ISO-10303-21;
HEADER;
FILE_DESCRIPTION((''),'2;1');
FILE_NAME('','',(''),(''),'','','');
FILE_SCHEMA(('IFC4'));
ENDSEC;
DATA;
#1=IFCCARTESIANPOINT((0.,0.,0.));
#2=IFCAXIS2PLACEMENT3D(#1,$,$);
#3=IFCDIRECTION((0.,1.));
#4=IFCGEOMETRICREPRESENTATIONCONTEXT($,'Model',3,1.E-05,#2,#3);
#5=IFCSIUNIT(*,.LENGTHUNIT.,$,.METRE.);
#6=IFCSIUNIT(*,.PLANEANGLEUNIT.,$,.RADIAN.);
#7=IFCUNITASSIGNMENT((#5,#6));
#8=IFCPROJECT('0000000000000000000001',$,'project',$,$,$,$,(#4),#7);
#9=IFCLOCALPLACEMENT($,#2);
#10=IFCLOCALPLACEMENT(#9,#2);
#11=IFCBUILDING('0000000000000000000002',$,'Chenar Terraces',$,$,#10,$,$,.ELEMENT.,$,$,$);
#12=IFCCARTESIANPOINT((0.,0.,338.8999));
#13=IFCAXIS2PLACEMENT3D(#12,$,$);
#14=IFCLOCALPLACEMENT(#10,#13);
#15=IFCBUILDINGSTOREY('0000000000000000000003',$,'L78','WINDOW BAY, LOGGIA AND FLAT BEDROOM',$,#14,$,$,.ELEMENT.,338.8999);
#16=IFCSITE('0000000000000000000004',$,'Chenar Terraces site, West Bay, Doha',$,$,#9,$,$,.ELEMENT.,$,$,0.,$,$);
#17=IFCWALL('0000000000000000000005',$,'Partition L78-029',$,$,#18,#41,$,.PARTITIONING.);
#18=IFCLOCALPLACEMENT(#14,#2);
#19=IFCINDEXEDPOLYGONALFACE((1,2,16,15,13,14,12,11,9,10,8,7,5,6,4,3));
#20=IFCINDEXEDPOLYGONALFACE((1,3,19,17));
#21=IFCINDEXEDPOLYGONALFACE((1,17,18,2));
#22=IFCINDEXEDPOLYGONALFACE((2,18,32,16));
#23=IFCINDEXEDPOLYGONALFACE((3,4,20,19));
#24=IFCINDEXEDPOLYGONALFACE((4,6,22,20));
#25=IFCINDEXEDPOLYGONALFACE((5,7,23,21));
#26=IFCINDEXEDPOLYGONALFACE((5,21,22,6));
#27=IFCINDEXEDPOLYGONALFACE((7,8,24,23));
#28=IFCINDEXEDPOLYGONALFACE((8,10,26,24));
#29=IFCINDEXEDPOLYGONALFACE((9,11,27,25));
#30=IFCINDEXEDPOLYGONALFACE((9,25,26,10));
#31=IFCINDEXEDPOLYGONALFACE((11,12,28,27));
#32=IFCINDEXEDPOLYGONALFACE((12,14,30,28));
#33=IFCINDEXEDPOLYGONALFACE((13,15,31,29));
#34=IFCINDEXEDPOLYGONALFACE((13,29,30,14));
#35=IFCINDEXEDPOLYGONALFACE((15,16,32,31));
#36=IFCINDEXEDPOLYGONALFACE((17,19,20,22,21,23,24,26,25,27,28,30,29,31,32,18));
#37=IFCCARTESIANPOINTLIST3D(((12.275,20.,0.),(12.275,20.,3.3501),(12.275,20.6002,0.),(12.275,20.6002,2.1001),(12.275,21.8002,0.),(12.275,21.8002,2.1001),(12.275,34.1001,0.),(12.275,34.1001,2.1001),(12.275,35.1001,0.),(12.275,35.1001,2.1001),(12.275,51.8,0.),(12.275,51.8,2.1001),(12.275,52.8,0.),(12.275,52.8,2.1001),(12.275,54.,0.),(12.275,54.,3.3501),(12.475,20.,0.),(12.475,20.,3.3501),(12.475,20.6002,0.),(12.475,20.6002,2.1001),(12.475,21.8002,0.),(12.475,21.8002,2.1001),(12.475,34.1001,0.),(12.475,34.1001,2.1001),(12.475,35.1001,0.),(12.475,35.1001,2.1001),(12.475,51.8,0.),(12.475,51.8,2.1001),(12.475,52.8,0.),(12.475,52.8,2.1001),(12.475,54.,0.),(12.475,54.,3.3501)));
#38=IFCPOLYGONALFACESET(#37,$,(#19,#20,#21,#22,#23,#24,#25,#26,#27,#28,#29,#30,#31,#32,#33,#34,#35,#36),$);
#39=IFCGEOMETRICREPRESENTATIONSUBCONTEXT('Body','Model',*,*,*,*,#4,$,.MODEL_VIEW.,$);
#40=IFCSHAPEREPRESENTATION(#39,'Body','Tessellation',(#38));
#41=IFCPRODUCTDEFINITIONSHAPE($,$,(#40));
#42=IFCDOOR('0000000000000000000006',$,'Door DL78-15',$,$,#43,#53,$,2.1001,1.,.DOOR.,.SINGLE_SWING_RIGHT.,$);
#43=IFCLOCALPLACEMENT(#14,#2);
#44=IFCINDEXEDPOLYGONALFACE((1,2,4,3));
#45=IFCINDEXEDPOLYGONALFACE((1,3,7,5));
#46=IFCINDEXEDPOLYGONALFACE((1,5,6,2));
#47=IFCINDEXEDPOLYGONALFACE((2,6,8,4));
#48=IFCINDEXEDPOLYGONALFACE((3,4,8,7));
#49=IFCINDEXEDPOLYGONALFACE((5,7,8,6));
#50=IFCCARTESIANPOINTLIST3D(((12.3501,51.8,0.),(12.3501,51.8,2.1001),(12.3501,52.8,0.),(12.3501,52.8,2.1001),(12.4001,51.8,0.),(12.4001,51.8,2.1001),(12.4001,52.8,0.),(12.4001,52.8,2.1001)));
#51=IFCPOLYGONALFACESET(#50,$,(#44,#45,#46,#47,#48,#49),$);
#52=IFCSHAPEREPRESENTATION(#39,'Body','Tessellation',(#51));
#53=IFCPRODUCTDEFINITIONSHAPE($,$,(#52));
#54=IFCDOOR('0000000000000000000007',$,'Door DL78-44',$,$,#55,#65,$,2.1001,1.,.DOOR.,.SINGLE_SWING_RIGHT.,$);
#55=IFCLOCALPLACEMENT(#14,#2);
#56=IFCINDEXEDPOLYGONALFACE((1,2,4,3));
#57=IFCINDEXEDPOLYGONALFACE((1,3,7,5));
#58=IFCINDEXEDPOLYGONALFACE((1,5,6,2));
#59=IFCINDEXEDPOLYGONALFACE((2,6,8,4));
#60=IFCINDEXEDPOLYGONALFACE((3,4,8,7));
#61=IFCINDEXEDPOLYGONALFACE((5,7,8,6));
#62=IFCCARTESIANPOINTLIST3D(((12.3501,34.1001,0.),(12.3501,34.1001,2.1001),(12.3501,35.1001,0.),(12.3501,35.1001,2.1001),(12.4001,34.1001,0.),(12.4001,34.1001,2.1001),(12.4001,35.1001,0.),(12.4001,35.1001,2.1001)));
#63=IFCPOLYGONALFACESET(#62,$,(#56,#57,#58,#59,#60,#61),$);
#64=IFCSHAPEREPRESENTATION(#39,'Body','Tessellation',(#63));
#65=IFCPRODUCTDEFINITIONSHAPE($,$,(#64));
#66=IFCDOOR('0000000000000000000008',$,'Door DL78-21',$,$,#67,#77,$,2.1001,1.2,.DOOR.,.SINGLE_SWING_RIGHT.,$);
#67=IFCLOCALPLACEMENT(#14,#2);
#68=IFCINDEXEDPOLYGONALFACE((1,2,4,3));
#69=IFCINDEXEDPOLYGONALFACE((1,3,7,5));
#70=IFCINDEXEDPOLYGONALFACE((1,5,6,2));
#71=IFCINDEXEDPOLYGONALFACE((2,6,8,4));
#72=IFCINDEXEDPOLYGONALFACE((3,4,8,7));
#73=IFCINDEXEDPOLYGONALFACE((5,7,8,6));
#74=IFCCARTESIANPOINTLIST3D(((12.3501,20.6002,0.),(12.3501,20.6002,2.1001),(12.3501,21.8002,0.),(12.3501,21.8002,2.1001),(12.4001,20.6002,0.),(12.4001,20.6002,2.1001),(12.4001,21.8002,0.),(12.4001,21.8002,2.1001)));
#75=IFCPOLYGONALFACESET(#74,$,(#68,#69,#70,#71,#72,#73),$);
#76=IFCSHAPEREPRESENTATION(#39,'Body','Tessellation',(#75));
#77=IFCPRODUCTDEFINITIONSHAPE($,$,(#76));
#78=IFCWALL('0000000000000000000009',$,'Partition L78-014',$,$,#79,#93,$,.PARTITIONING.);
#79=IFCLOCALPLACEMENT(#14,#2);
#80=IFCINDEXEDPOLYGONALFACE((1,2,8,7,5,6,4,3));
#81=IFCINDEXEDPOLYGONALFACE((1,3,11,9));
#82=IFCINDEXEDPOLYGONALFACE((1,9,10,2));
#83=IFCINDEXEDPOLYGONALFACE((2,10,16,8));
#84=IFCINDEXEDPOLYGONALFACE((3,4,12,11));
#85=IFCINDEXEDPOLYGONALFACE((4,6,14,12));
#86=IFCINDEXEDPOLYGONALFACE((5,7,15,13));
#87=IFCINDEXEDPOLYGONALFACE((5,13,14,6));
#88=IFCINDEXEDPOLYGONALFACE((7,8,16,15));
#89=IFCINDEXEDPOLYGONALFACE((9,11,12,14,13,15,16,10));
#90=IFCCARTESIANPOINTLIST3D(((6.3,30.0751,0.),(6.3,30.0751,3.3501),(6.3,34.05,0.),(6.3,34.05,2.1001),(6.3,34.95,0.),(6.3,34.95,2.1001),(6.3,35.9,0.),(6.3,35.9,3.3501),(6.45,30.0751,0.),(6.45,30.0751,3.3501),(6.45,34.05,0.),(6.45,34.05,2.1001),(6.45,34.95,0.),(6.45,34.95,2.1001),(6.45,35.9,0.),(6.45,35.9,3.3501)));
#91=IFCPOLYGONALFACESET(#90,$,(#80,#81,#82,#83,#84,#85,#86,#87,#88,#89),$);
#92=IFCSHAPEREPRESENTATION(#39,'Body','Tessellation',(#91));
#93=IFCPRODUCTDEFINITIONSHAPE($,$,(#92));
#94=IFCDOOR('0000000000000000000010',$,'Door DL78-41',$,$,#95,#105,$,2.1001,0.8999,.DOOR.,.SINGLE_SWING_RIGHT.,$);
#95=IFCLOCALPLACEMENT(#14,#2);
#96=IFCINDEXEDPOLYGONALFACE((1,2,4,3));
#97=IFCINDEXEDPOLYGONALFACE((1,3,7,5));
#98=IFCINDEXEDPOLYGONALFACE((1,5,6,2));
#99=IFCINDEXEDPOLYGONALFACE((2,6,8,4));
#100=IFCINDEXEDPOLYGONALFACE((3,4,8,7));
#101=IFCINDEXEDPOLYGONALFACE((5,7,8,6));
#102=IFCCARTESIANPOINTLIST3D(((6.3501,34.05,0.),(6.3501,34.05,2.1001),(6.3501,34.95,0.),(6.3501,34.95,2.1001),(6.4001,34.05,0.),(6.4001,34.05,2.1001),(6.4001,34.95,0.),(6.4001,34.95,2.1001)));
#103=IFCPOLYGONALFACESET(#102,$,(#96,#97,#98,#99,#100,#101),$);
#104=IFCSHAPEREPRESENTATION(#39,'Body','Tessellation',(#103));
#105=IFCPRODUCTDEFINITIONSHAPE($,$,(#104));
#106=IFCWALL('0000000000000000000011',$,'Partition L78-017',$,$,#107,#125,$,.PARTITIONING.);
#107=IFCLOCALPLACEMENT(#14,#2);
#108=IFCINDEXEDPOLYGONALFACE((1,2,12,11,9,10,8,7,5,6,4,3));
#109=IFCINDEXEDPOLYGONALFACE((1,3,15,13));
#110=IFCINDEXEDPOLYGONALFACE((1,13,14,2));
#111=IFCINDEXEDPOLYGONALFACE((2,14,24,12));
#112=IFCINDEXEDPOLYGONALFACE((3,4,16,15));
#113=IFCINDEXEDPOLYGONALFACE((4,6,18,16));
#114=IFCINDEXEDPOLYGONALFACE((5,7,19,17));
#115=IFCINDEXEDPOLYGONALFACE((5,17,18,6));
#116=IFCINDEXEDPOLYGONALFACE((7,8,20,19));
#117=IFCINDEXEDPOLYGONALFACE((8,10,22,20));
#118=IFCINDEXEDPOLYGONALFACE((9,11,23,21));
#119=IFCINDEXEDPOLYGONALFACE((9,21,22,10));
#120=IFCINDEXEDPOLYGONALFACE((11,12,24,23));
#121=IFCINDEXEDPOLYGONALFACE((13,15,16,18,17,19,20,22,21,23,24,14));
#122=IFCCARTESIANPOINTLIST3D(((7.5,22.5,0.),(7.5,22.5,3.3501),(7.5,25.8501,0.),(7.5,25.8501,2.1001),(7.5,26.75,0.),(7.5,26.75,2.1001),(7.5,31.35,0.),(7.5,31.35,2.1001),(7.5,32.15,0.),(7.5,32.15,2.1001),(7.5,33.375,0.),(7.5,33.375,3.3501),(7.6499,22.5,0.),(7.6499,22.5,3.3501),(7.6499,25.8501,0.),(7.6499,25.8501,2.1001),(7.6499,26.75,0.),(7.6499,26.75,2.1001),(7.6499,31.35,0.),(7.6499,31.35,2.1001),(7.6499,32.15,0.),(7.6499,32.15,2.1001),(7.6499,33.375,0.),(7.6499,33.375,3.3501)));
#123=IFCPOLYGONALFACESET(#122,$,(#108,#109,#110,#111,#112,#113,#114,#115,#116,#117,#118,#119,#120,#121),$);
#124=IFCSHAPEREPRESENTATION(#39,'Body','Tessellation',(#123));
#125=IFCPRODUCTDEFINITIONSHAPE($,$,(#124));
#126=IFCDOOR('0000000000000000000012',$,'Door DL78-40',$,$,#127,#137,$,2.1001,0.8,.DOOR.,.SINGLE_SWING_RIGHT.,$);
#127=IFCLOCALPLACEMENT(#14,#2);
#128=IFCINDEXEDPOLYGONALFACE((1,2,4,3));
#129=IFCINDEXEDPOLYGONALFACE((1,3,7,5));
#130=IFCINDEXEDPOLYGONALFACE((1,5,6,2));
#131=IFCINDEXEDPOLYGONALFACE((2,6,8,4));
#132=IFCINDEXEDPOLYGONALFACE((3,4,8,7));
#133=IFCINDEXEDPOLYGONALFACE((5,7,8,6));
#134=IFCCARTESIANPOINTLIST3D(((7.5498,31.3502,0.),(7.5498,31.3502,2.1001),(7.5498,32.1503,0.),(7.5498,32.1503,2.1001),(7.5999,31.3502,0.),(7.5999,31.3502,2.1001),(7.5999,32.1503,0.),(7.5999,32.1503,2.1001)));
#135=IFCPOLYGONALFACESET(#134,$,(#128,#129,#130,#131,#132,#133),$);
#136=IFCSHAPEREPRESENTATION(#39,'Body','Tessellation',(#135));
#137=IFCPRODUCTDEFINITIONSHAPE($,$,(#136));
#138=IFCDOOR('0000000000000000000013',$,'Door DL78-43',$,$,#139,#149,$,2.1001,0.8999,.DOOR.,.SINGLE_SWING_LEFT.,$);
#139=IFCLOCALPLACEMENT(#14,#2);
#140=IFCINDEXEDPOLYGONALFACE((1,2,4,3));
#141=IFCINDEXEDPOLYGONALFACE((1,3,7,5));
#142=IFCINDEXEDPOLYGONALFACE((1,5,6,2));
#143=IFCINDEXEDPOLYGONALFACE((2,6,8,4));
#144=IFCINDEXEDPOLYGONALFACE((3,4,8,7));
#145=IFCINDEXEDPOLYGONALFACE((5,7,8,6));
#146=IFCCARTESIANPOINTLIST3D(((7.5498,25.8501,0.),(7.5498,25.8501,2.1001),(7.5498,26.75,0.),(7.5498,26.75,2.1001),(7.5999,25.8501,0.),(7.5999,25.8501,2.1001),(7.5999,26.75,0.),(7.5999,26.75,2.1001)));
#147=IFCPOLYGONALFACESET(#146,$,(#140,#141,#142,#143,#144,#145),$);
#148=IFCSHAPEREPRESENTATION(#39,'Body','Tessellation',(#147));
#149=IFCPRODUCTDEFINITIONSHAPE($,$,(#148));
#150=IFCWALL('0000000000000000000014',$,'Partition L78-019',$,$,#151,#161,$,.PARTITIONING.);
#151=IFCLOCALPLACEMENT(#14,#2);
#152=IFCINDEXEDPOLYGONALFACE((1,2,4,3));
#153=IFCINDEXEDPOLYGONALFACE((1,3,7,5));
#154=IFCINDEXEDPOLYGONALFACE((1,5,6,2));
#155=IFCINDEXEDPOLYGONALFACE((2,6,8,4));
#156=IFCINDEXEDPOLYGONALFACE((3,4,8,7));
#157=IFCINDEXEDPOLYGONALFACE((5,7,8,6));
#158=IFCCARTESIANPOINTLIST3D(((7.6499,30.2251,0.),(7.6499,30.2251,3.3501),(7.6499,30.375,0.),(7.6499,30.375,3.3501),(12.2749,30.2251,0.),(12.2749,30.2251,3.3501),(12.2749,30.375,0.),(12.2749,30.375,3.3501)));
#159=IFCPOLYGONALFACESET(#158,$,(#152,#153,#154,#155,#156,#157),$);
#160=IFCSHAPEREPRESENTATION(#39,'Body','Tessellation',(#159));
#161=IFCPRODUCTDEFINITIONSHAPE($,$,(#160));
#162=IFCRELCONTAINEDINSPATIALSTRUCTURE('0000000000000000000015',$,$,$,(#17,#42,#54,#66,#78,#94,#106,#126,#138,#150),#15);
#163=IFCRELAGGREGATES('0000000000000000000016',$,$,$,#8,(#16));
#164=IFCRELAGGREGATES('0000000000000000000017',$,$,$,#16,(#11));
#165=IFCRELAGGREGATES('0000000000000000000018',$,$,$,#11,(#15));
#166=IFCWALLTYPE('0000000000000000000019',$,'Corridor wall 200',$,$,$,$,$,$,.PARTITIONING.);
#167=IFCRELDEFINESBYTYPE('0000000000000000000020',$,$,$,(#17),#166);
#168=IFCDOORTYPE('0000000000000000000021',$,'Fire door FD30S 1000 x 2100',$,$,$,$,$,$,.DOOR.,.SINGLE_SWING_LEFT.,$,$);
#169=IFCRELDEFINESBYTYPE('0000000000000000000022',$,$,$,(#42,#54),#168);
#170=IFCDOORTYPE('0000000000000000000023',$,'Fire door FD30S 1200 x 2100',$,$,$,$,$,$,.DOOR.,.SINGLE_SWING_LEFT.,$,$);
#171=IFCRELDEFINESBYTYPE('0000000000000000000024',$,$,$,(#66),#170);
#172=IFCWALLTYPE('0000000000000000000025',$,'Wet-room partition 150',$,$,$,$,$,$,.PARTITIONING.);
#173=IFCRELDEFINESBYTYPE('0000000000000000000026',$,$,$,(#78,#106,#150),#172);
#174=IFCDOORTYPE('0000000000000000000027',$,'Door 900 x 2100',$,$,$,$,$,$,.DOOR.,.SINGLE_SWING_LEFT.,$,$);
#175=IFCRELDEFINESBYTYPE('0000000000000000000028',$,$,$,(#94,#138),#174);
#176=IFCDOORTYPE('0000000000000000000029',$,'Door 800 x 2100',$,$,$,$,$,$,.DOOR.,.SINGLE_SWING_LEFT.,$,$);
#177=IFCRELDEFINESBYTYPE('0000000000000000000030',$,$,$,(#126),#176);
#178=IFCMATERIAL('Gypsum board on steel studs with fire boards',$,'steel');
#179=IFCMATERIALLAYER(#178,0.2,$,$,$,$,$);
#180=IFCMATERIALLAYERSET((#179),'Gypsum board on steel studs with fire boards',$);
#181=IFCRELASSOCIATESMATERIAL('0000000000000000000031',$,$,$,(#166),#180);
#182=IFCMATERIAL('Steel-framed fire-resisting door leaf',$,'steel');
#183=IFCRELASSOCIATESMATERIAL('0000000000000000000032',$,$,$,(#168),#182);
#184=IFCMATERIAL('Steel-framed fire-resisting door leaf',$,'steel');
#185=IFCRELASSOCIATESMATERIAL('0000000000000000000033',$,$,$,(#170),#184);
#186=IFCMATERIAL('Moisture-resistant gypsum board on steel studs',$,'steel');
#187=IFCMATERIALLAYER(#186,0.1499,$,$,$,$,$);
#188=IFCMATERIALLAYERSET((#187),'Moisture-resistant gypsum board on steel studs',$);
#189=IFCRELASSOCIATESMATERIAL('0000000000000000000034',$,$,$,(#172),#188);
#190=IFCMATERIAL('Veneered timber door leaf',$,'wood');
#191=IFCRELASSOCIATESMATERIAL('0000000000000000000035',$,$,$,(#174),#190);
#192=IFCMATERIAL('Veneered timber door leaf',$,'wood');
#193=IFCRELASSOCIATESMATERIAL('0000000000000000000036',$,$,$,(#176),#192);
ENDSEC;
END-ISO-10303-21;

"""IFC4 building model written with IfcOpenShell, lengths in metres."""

from ifc_helpers import new_model, si_unit, direction, frame, frame_2d, origin, place, context, subcontext, project, spatial, rectangle, extrude, material, layer, layer_set, type_object, element, fill, save


model = new_model("IFC4")

# Units and contexts
model_context = context("Model", 3, precision=1e-05, world=origin(), true_north=direction((0.0, 1.0)))
body_context = subcontext(model_context, "Body", "Model", "MODEL_VIEW")
ifc_project = project(units=[si_unit("LENGTHUNIT", "METRE"), si_unit("PLANEANGLEUNIT", "RADIAN")], contexts=[model_context])

# Site, building, storey
site_placement = place(None, origin())
site = spatial("IfcSite", under=ifc_project, at=site_placement, Name="Chenar Terraces site, West Bay, Doha", CompositionType="ELEMENT", RefElevation=0.0)
building_placement = place(site_placement, origin())
building = spatial("IfcBuilding", under=site, at=building_placement, Name="Chenar Terraces", CompositionType="ELEMENT")
storey_placement = place(building_placement, frame((0.0, 0.0, 338.8999)))
storey = spatial("IfcBuildingStorey", under=building, at=storey_placement, Name="L78", Description="WINDOW BAY, LOGGIA AND FLAT BEDROOM", CompositionType="ELEMENT", Elevation=338.8999)

# Wall, openings, doors
ifc_material_1 = material(Name="Gypsum board on steel studs with fire boards", Category="steel")
ifc_layer_1 = layer(ifc_material_1, 0.2)
ifc_layer_set_1 = layer_set([ifc_layer_1], Name="Gypsum board on steel studs with fire boards")
wall_type_1 = type_object("IfcWallType", Name="Corridor wall 200", PredefinedType="PARTITIONING", material=ifc_layer_set_1)
wall_1_placement = place(storey_placement, frame((12.375, 20.0, 0.0), z_axis=(0.0, 0.0, 1.0), x_axis=(0.0, 1.0, 0.0)))
wall_1 = element("IfcWall", 1, at=wall_1_placement, inside=storey, type_object=wall_type_1, Name="Partition L78-029", PredefinedType="PARTITIONING", context=body_context, shape_type="SweptSolid", body=[
    extrude(rectangle(XDim=34.0, YDim=0.2, at=frame_2d((17.0, 0.0))), origin(), (0.0, 0.0, 1.0), 3.3501),
])
opening_1_placement = place(wall_1_placement, frame((31.8, 0.0, 0.0)))
opening_1 = element("IfcOpeningElement", 2, at=opening_1_placement, cuts=wall_1, PredefinedType="OPENING", context=body_context, shape_type="SweptSolid", body=[
    extrude(rectangle(XDim=1.0, YDim=2.1001, at=frame_2d((0.5, 1.05))), frame((0.0, 0.1099, 0.0), z_axis=(0.0, -1.0, 0.0), x_axis=(1.0, 0.0, 0.0)), (0.0, 0.0, 1.0), 0.22),
])
opening_2_placement = place(wall_1_placement, frame((0.6001, 0.0, 0.0)))
opening_2 = element("IfcOpeningElement", 3, at=opening_2_placement, cuts=wall_1, PredefinedType="OPENING", context=body_context, shape_type="SweptSolid", body=[
    extrude(rectangle(XDim=1.2, YDim=2.1001, at=frame_2d((0.6001, 1.05))), frame((0.0, 0.1099, 0.0), z_axis=(0.0, -1.0, 0.0), x_axis=(1.0, 0.0, 0.0)), (0.0, 0.0, 1.0), 0.22),
])
opening_3_placement = place(wall_1_placement, frame((14.1001, 0.0, 0.0)))
opening_3 = element("IfcOpeningElement", 4, at=opening_3_placement, cuts=wall_1, PredefinedType="OPENING", context=body_context, shape_type="SweptSolid", body=[
    extrude(rectangle(XDim=1.0, YDim=2.1001, at=frame_2d((0.5, 1.05))), frame((0.0, 0.1099, 0.0), z_axis=(0.0, -1.0, 0.0), x_axis=(1.0, 0.0, 0.0)), (0.0, 0.0, 1.0), 0.22),
])
ifc_material_2 = material(Name="Steel-framed fire-resisting door leaf", Category="steel")
door_type_1 = type_object("IfcDoorType", Name="Fire door FD30S 1000 x 2100", OperationType="SINGLE_SWING_LEFT", PredefinedType="DOOR", material=ifc_material_2)
door_1_placement = place(opening_1_placement, origin())
door_1 = element("IfcDoor", 5, at=door_1_placement, inside=storey, type_object=door_type_1, Name="Door DL78-15", OperationType="SINGLE_SWING_RIGHT", OverallHeight=2.1001, OverallWidth=1.0, PredefinedType="DOOR", context=body_context, shape_type="SweptSolid", body=[
    extrude(rectangle(XDim=1.0, YDim=2.1001, at=frame_2d((0.5, 1.05))), frame((0.0, 0.0249, 0.0), z_axis=(0.0, -1.0, 0.0), x_axis=(1.0, 0.0, 0.0)), (0.0, 0.0, 1.0), 0.05),
])
fill(opening_1, door_1)
door_2_placement = place(opening_3_placement, origin())
door_2 = element("IfcDoor", 6, at=door_2_placement, inside=storey, type_object=door_type_1, Name="Door DL78-44", OperationType="SINGLE_SWING_RIGHT", OverallHeight=2.1001, OverallWidth=1.0, PredefinedType="DOOR", context=body_context, shape_type="SweptSolid", body=[
    extrude(rectangle(XDim=1.0, YDim=2.1001, at=frame_2d((0.5, 1.05))), frame((0.0, 0.0249, 0.0), z_axis=(0.0, -1.0, 0.0), x_axis=(1.0, 0.0, 0.0)), (0.0, 0.0, 1.0), 0.05),
])
fill(opening_3, door_2)
ifc_material_3 = material(Name="Steel-framed fire-resisting door leaf", Category="steel")
door_type_2 = type_object("IfcDoorType", Name="Fire door FD30S 1200 x 2100", OperationType="SINGLE_SWING_LEFT", PredefinedType="DOOR", material=ifc_material_3)
door_3_placement = place(opening_2_placement, origin())
door_3 = element("IfcDoor", 7, at=door_3_placement, inside=storey, type_object=door_type_2, Name="Door DL78-21", OperationType="SINGLE_SWING_RIGHT", OverallHeight=2.1001, OverallWidth=1.2, PredefinedType="DOOR", context=body_context, shape_type="SweptSolid", body=[
    extrude(rectangle(XDim=1.2, YDim=2.1001, at=frame_2d((0.6001, 1.05))), frame((0.0, 0.0249, 0.0), z_axis=(0.0, -1.0, 0.0), x_axis=(1.0, 0.0, 0.0)), (0.0, 0.0, 1.0), 0.05),
])
fill(opening_2, door_3)

# Wall, opening, door
ifc_material_4 = material(Name="Moisture-resistant gypsum board on steel studs", Category="steel")
ifc_layer_2 = layer(ifc_material_4, 0.1499)
ifc_layer_set_2 = layer_set([ifc_layer_2], Name="Moisture-resistant gypsum board on steel studs")
wall_type_2 = type_object("IfcWallType", Name="Wet-room partition 150", PredefinedType="PARTITIONING", material=ifc_layer_set_2)
wall_2_placement = place(storey_placement, frame((6.375, 30.075, 0.0), z_axis=(0.0, 0.0, 1.0), x_axis=(0.0, 1.0, 0.0)))
wall_2 = element("IfcWall", 8, at=wall_2_placement, inside=storey, type_object=wall_type_2, Name="Partition L78-014", PredefinedType="PARTITIONING", context=body_context, shape_type="SweptSolid", body=[
    extrude(rectangle(XDim=5.825, YDim=0.1499, at=frame_2d((2.9126, 0.0))), origin(), (0.0, 0.0, 1.0), 3.3501),
])
opening_4_placement = place(wall_2_placement, frame((3.9751, 0.0, 0.0)))
opening_4 = element("IfcOpeningElement", 9, at=opening_4_placement, cuts=wall_2, PredefinedType="OPENING", context=body_context, shape_type="SweptSolid", body=[
    extrude(rectangle(XDim=0.8999, YDim=2.1001, at=frame_2d((0.45, 1.05))), frame((0.0, 0.085, 0.0), z_axis=(0.0, -1.0, 0.0), x_axis=(1.0, 0.0, 0.0)), (0.0, 0.0, 1.0), 0.1699),
])
ifc_material_5 = material(Name="Veneered timber door leaf", Category="wood")
door_type_3 = type_object("IfcDoorType", Name="Door 900 x 2100", OperationType="SINGLE_SWING_LEFT", PredefinedType="DOOR", material=ifc_material_5)
door_4_placement = place(opening_4_placement, origin())
door_4 = element("IfcDoor", 10, at=door_4_placement, inside=storey, type_object=door_type_3, Name="Door DL78-41", OperationType="SINGLE_SWING_RIGHT", OverallHeight=2.1001, OverallWidth=0.8999, PredefinedType="DOOR", context=body_context, shape_type="SweptSolid", body=[
    extrude(rectangle(XDim=0.8999, YDim=2.1001, at=frame_2d((0.45, 1.05))), frame((0.0, 0.0249, 0.0), z_axis=(0.0, -1.0, 0.0), x_axis=(1.0, 0.0, 0.0)), (0.0, 0.0, 1.0), 0.05),
])
fill(opening_4, door_4)

# Wall, openings, doors
wall_3_placement = place(storey_placement, frame((7.575, 22.5, 0.0), z_axis=(0.0, 0.0, 1.0), x_axis=(0.0, 1.0, 0.0)))
wall_3 = element("IfcWall", 11, at=wall_3_placement, inside=storey, type_object=wall_type_2, Name="Partition L78-017", PredefinedType="PARTITIONING", context=body_context, shape_type="SweptSolid", body=[
    extrude(rectangle(XDim=10.875, YDim=0.1499, at=frame_2d((5.4375, 0.0))), origin(), (0.0, 0.0, 1.0), 3.3501),
])
opening_5_placement = place(wall_3_placement, frame((8.8501, 0.0, 0.0)))
opening_5 = element("IfcOpeningElement", 12, at=opening_5_placement, cuts=wall_3, PredefinedType="OPENING", context=body_context, shape_type="SweptSolid", body=[
    extrude(rectangle(XDim=0.8, YDim=2.1001, at=frame_2d((0.3999, 1.05))), frame((0.0, 0.085, 0.0), z_axis=(0.0, -1.0, 0.0), x_axis=(1.0, 0.0, 0.0)), (0.0, 0.0, 1.0), 0.1699),
])
opening_6_placement = place(wall_3_placement, frame((3.3501, 0.0, 0.0)))
opening_6 = element("IfcOpeningElement", 13, at=opening_6_placement, cuts=wall_3, PredefinedType="OPENING", context=body_context, shape_type="SweptSolid", body=[
    extrude(rectangle(XDim=0.8999, YDim=2.1001, at=frame_2d((0.45, 1.05))), frame((0.0, 0.085, 0.0), z_axis=(0.0, -1.0, 0.0), x_axis=(1.0, 0.0, 0.0)), (0.0, 0.0, 1.0), 0.1699),
])
ifc_material_6 = material(Name="Veneered timber door leaf", Category="wood")
door_type_4 = type_object("IfcDoorType", Name="Door 800 x 2100", OperationType="SINGLE_SWING_LEFT", PredefinedType="DOOR", material=ifc_material_6)
door_5_placement = place(opening_5_placement, frame((0.8, 0.0, 0.0), z_axis=(0.0, 0.0, 1.0), x_axis=(-1.0, 0.0, 0.0)))
door_5 = element("IfcDoor", 14, at=door_5_placement, inside=storey, type_object=door_type_4, Name="Door DL78-40", OperationType="SINGLE_SWING_RIGHT", OverallHeight=2.1001, OverallWidth=0.8, PredefinedType="DOOR", context=body_context, shape_type="SweptSolid", body=[
    extrude(rectangle(XDim=0.8, YDim=2.1001, at=frame_2d((0.3999, 1.05))), frame((0.0, 0.0249, 0.0), z_axis=(0.0, -1.0, 0.0), x_axis=(1.0, 0.0, 0.0)), (0.0, 0.0, 1.0), 0.05),
])
fill(opening_5, door_5)
door_6_placement = place(opening_6_placement, frame((0.8999, 0.0, 0.0), z_axis=(0.0, 0.0, 1.0), x_axis=(-1.0, 0.0, 0.0)))
door_6 = element("IfcDoor", 15, at=door_6_placement, inside=storey, type_object=door_type_3, Name="Door DL78-43", OperationType="SINGLE_SWING_LEFT", OverallHeight=2.1001, OverallWidth=0.8999, PredefinedType="DOOR", context=body_context, shape_type="SweptSolid", body=[
    extrude(rectangle(XDim=0.8999, YDim=2.1001, at=frame_2d((0.45, 1.05))), frame((0.0, 0.0249, 0.0), z_axis=(0.0, -1.0, 0.0), x_axis=(1.0, 0.0, 0.0)), (0.0, 0.0, 1.0), 0.05),
])
fill(opening_6, door_6)

# Wall
wall_4_placement = place(storey_placement, frame((7.6499, 30.3, 0.0), z_axis=(0.0, 0.0, 1.0), x_axis=(1.0, 0.0, 0.0)))
element("IfcWall", 16, at=wall_4_placement, inside=storey, type_object=wall_type_2, Name="Partition L78-019", PredefinedType="PARTITIONING", context=body_context, shape_type="SweptSolid", body=[
    extrude(rectangle(XDim=4.625, YDim=0.1499, at=frame_2d((2.3125, 0.0))), origin(), (0.0, 0.0, 1.0), 3.3501),
])

save(model, "model.ifc")
